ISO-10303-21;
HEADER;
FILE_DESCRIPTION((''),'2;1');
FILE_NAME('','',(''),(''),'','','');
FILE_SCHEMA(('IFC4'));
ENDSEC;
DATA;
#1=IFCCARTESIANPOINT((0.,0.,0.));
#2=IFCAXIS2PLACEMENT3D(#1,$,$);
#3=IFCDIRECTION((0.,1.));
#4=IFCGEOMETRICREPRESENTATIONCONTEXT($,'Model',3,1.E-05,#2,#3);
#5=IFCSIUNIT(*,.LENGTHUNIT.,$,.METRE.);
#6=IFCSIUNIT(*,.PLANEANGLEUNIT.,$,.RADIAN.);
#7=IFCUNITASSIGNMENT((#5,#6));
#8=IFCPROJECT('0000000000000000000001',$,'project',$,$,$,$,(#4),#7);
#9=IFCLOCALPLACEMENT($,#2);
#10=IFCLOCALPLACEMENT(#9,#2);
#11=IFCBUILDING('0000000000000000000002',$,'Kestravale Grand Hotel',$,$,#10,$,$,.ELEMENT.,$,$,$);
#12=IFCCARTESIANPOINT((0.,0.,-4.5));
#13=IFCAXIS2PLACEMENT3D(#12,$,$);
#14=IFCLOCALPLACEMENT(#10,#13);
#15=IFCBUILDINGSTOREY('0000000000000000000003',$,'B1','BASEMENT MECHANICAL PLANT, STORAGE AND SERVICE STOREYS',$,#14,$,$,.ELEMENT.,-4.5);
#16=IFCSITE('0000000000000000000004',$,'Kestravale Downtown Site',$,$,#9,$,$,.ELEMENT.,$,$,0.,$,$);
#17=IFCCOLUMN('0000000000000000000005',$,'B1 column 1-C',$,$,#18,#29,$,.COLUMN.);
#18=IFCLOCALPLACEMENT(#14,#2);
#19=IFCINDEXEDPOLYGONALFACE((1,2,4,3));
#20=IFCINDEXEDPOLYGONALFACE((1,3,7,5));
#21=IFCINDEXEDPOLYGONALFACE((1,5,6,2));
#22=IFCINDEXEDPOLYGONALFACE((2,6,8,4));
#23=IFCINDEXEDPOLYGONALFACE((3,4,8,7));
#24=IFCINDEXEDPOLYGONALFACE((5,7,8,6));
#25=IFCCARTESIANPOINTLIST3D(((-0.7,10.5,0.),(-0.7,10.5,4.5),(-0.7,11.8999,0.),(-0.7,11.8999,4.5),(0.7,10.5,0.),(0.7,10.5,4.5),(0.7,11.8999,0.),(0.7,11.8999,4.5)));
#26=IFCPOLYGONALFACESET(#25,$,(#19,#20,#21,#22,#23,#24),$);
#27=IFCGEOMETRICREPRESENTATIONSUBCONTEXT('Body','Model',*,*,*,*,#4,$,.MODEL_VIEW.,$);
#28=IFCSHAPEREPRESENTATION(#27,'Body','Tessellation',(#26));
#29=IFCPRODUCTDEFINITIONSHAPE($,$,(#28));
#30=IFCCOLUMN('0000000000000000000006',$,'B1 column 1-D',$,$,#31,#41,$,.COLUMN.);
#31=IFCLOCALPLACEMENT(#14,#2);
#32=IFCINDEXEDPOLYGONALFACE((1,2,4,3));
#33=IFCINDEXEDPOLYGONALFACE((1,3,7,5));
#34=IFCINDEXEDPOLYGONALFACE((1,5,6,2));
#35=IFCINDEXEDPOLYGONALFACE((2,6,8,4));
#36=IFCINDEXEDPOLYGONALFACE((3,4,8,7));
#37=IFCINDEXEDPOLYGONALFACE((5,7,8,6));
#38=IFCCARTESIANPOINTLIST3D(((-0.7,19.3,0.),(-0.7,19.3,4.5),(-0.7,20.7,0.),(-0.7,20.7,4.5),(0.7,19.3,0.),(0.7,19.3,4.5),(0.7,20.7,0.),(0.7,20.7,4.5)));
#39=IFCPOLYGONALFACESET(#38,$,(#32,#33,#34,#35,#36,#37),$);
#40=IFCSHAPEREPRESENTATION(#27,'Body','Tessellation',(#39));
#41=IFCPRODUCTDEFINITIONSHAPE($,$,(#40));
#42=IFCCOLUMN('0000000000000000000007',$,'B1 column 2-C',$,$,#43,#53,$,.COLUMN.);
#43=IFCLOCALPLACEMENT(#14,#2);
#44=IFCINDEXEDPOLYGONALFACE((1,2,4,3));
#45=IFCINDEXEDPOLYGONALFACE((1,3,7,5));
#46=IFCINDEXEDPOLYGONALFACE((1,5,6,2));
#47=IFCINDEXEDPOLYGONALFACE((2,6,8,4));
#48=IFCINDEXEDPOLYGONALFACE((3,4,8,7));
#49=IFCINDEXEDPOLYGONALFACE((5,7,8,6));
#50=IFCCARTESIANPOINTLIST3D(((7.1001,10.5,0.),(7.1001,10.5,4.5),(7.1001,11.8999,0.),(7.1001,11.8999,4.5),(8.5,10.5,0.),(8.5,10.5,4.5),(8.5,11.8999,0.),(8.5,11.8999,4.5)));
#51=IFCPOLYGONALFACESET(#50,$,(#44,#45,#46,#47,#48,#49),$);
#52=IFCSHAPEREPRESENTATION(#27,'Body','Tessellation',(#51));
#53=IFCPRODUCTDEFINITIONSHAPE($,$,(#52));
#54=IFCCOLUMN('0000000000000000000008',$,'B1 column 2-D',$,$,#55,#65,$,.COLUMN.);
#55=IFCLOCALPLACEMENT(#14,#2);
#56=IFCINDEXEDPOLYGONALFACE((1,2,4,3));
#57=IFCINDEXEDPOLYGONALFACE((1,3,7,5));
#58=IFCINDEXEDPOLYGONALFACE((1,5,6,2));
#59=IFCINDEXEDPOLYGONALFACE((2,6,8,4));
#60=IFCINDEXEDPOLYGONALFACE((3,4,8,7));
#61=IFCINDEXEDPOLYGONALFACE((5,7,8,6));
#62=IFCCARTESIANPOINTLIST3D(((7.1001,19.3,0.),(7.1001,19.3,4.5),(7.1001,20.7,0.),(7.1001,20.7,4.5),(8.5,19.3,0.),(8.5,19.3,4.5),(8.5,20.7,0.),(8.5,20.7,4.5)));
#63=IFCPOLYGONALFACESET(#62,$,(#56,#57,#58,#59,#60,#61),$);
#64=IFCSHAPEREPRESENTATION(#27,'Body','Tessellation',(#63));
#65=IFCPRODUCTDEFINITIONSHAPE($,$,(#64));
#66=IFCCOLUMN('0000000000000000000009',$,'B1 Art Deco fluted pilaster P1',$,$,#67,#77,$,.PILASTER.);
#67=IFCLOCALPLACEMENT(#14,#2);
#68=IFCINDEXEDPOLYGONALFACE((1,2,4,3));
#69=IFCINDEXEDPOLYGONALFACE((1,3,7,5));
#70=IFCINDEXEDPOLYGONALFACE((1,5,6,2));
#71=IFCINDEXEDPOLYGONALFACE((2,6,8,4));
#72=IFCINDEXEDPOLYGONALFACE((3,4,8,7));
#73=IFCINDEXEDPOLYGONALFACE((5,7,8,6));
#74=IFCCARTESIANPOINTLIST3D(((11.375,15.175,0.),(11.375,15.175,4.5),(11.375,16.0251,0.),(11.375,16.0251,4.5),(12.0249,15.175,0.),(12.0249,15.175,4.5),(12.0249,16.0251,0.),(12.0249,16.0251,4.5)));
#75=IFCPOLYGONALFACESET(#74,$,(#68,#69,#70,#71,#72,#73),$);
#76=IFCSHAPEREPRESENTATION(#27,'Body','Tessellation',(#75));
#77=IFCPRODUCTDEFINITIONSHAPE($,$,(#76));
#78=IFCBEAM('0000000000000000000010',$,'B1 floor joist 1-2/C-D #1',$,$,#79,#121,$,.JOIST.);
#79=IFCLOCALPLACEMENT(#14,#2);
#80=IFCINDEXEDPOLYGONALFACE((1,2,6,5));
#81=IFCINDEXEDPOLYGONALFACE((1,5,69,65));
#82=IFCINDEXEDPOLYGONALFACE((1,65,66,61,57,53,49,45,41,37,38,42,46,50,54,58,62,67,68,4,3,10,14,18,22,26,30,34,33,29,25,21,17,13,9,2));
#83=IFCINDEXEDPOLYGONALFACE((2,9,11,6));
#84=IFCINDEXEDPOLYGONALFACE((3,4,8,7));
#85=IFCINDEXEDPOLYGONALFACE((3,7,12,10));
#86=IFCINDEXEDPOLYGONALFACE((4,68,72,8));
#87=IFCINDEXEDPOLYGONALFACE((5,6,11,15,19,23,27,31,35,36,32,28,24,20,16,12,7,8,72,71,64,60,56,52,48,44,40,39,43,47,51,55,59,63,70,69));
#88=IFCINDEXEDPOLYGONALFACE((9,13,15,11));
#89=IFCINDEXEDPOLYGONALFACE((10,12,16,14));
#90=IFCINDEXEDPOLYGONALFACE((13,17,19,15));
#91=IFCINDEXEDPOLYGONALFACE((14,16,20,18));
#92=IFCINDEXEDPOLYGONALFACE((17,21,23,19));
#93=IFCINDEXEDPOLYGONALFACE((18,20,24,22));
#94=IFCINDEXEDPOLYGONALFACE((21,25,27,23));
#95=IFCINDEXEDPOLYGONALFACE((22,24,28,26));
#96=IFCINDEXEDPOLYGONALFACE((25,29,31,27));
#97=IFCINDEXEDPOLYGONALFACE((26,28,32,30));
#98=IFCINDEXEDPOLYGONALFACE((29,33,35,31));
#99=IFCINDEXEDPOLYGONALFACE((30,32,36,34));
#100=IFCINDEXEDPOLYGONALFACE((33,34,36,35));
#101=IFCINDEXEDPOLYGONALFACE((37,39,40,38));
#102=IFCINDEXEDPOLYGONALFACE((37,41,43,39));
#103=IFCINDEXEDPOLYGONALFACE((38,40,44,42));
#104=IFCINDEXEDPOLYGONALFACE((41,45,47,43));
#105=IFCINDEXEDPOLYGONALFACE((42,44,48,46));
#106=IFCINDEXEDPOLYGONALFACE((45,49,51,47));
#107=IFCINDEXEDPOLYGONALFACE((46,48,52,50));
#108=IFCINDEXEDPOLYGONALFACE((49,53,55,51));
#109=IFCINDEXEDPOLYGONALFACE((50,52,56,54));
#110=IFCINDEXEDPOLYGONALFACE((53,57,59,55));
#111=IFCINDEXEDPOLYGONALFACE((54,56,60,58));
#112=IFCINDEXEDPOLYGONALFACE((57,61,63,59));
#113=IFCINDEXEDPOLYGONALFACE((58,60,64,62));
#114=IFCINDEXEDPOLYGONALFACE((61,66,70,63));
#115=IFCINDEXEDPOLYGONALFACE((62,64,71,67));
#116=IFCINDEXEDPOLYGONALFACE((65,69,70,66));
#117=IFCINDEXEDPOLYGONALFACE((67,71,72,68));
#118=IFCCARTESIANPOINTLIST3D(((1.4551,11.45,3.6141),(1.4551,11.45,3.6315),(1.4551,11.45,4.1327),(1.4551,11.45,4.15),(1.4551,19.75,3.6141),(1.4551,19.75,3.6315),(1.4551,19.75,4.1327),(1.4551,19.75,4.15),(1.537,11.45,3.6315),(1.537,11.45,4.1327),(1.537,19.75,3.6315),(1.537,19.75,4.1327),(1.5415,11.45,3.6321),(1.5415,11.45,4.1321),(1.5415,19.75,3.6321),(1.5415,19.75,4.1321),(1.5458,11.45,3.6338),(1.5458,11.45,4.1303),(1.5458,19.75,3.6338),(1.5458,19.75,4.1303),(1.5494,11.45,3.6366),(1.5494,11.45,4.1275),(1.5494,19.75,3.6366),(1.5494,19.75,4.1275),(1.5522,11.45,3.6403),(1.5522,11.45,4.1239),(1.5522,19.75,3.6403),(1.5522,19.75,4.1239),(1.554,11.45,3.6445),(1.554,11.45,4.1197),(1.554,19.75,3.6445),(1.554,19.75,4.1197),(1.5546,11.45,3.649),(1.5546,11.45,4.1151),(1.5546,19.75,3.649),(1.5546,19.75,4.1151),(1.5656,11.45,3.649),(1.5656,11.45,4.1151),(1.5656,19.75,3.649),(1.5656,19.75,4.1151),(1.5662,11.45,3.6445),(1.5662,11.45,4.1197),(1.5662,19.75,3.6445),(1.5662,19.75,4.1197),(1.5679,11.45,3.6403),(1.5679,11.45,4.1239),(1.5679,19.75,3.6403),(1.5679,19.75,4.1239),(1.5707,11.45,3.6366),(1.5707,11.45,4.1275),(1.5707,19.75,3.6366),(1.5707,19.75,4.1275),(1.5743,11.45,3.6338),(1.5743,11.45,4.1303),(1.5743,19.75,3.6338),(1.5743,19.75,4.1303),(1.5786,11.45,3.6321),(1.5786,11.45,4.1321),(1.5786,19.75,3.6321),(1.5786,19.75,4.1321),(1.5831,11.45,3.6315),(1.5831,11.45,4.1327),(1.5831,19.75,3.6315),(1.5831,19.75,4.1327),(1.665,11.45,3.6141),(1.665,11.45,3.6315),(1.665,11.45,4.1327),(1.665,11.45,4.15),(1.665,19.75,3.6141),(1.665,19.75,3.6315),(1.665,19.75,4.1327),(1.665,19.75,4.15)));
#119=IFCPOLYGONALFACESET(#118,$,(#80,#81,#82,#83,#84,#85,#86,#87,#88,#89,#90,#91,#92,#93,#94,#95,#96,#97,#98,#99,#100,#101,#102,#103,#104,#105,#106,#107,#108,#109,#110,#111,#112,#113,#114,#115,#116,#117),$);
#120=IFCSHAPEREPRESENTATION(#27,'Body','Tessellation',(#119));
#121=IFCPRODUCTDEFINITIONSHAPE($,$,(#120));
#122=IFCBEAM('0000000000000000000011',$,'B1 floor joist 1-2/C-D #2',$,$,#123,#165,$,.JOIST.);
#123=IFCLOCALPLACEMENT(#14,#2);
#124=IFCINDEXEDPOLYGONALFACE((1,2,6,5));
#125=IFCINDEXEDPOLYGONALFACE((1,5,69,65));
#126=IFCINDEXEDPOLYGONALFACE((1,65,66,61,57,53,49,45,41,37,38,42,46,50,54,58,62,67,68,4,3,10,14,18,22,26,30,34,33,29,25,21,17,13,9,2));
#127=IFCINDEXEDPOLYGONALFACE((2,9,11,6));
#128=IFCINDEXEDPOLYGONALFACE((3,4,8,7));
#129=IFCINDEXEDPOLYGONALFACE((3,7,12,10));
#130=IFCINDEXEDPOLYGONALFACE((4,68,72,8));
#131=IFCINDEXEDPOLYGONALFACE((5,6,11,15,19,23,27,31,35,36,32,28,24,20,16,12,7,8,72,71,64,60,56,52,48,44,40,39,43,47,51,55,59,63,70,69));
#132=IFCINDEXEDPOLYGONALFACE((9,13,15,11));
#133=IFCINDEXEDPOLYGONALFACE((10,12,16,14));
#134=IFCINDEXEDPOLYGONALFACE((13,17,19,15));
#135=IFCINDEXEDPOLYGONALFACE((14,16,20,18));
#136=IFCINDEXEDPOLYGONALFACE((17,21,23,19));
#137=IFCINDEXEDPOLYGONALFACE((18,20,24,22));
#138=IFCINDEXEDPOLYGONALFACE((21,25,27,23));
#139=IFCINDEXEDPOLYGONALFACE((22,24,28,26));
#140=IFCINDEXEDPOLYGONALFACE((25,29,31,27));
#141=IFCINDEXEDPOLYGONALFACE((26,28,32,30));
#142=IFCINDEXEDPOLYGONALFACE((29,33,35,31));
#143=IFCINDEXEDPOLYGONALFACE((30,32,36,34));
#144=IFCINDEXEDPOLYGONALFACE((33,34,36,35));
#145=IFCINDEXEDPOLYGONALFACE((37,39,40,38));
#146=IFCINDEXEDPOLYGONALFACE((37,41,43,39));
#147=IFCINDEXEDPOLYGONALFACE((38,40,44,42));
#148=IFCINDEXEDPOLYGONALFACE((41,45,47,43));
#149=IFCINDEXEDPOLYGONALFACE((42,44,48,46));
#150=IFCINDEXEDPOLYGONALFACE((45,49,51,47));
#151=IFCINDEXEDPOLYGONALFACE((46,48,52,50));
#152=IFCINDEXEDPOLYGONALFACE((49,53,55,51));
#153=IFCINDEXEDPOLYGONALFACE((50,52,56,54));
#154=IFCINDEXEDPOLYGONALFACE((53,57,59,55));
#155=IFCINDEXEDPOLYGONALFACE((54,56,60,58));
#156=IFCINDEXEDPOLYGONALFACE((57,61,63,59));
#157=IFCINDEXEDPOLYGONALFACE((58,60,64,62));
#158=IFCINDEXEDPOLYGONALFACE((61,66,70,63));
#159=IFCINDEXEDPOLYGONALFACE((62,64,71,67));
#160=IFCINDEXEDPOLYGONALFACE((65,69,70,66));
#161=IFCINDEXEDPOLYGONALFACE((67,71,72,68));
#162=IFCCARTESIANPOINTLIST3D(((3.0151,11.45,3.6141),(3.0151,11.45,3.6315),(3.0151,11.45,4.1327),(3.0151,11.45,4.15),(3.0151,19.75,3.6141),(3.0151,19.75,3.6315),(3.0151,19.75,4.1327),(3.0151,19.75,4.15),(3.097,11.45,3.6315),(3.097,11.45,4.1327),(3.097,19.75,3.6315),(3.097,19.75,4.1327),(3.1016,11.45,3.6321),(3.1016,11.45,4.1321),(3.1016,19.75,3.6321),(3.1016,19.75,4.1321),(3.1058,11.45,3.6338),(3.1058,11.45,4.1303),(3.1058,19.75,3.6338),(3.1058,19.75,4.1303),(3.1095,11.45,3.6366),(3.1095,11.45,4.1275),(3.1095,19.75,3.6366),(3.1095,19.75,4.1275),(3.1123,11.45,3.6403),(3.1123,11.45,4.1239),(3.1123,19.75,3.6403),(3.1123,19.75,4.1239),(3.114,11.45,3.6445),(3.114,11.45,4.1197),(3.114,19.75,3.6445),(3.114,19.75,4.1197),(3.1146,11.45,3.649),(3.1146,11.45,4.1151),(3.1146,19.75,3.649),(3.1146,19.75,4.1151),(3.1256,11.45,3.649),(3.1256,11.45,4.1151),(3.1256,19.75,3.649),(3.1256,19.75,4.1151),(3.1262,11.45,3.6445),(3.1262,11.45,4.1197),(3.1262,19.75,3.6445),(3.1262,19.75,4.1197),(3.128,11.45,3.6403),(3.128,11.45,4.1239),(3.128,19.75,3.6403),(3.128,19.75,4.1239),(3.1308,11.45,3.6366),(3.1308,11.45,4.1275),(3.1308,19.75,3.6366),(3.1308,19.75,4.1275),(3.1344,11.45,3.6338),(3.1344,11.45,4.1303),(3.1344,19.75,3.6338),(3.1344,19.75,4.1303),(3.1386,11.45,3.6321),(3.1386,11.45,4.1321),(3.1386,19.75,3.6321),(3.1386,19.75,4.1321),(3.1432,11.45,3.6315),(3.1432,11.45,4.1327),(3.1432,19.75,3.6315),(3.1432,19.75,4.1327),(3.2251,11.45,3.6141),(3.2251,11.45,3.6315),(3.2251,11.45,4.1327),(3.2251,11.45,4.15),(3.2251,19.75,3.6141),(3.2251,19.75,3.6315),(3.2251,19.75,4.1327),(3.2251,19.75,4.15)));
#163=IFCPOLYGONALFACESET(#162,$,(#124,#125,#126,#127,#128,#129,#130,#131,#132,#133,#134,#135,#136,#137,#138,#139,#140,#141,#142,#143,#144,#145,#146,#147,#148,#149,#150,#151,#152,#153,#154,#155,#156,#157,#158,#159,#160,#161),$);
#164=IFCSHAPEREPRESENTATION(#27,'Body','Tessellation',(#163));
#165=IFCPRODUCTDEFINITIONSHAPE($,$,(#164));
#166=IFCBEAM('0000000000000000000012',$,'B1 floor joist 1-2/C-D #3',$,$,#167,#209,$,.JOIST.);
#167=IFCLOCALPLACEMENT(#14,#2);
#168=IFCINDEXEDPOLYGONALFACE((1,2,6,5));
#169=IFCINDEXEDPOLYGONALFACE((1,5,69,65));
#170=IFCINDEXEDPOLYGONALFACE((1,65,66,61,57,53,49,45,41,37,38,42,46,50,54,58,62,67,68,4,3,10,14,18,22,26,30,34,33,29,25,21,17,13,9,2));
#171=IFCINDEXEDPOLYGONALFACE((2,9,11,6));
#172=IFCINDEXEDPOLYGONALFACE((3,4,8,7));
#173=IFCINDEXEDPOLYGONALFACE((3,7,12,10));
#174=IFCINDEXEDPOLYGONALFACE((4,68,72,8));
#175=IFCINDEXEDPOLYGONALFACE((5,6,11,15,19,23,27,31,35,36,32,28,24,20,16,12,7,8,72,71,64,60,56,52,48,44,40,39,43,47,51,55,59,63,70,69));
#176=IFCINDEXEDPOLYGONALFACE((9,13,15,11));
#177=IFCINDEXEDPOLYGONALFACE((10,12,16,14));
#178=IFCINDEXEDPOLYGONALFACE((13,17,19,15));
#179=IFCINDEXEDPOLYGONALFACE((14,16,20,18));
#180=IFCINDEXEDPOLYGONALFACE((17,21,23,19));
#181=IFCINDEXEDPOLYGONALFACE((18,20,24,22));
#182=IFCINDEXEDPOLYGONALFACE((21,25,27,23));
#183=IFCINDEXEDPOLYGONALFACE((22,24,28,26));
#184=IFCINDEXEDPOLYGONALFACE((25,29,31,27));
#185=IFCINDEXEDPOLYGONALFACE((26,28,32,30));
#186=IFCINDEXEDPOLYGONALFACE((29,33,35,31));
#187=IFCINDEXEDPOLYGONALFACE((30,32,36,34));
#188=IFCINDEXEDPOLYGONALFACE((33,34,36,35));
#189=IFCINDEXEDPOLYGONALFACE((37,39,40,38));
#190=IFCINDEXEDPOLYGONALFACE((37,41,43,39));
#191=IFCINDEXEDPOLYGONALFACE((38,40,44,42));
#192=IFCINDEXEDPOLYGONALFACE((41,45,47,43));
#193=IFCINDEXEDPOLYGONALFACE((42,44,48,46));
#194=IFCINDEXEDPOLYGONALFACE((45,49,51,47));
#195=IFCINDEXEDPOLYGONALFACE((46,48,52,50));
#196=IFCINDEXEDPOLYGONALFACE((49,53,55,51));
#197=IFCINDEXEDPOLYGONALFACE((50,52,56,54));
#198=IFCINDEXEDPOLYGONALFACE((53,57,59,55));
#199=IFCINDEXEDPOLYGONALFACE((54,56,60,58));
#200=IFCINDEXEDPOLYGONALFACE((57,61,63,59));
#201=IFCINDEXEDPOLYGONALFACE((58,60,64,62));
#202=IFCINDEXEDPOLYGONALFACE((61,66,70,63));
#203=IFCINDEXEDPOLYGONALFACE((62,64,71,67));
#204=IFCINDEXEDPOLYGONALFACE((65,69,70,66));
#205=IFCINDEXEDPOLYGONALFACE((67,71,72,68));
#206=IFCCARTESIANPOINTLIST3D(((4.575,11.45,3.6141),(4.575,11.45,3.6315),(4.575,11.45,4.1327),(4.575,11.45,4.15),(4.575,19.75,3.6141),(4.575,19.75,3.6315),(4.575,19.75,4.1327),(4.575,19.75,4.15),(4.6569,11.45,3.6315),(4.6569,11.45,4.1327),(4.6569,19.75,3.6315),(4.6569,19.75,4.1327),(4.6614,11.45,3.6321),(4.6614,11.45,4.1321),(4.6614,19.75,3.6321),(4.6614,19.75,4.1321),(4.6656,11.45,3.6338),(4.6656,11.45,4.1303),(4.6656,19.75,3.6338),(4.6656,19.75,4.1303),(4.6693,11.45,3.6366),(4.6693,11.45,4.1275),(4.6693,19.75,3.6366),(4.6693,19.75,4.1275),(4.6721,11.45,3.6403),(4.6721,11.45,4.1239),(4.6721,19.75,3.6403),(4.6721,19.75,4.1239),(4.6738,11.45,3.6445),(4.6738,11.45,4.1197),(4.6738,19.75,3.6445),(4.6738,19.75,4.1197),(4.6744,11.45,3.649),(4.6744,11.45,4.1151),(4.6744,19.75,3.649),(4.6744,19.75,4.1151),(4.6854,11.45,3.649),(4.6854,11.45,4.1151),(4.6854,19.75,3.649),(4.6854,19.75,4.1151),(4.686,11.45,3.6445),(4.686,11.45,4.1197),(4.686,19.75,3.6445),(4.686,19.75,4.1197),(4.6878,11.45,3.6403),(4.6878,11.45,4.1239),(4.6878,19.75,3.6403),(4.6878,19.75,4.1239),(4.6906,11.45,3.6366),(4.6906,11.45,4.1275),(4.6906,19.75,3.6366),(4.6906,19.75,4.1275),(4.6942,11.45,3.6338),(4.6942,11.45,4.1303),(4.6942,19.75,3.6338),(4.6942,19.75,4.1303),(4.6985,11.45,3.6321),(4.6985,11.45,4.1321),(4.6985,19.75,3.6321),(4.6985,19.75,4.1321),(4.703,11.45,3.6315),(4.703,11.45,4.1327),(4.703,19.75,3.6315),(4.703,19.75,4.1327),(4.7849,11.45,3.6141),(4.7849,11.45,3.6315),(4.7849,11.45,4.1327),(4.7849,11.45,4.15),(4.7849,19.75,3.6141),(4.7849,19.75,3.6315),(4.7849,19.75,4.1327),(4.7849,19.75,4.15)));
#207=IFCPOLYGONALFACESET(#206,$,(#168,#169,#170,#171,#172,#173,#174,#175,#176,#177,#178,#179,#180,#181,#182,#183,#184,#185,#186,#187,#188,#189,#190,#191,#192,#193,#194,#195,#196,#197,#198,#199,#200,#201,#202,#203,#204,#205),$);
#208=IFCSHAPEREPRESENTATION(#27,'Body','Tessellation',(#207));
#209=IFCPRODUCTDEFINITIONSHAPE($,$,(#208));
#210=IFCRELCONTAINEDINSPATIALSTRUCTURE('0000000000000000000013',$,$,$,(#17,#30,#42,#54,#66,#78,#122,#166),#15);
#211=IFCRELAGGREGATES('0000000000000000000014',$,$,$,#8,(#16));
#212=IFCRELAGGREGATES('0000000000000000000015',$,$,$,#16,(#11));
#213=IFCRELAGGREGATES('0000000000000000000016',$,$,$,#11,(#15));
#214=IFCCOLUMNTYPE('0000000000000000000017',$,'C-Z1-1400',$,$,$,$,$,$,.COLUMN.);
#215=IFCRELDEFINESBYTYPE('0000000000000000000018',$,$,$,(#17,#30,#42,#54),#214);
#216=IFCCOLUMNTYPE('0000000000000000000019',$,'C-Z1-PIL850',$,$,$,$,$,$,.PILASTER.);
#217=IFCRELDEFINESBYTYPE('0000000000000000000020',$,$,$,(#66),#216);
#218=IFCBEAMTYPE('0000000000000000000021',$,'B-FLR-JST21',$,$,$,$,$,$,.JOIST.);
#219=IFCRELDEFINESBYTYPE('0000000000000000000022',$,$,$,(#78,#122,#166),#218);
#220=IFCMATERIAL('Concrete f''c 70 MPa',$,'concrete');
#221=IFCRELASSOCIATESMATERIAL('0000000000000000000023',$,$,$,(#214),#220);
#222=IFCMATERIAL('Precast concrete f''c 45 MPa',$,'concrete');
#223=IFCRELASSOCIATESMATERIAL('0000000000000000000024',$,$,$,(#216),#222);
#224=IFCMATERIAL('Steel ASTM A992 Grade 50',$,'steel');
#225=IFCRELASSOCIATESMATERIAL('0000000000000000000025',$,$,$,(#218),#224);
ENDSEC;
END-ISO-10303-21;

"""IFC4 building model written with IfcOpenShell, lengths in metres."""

from ifc_helpers import new_model, si_unit, direction, frame, origin, origin_2d, place, context, subcontext, project, spatial, rectangle, i_section, extrude, material, material_profile, profile_set, type_object, element, save


model = new_model("IFC4")

# Units and contexts
model_context = context("Model", 3, precision=1e-05, world=origin(), true_north=direction((0.0, 1.0)))
body_context = subcontext(model_context, "Body", "Model", "MODEL_VIEW")
ifc_project = project(units=[si_unit("LENGTHUNIT", "METRE"), si_unit("PLANEANGLEUNIT", "RADIAN")], contexts=[model_context])

# Site, building, storey
site_placement = place(None, origin())
site = spatial("IfcSite", under=ifc_project, at=site_placement, Name="Kestravale Downtown Site", CompositionType="ELEMENT", RefElevation=0.0)
building_placement = place(site_placement, origin())
building = spatial("IfcBuilding", under=site, at=building_placement, Name="Kestravale Grand Hotel", CompositionType="ELEMENT")
storey_placement = place(building_placement, frame((0.0, 0.0, -4.5)))
storey = spatial("IfcBuildingStorey", under=building, at=storey_placement, Name="B1", Description="BASEMENT MECHANICAL PLANT, STORAGE AND SERVICE STOREYS", CompositionType="ELEMENT", Elevation=-4.5)

# Columns
ifc_material_1 = material(Name="Concrete f'c 70 MPa", Category="concrete")
ifc_material_profile_1 = material_profile(ifc_material_1, rectangle(XDim=1.3999, YDim=1.3999, at=origin_2d()))
ifc_profile_set_1 = profile_set([ifc_material_profile_1], Name="Concrete f'c 70 MPa")
column_type_1 = type_object("IfcColumnType", Name="C-Z1-1400", PredefinedType="COLUMN", material=ifc_profile_set_1)
for number, where, z_axis, x_axis, name in (
    (1, (0.0, 11.2, 0.0), (0.0, 0.0, 1.0), (1.0, 0.0, 0.0), "B1 column 1-C"),
    (2, (0.0, 20.0, 0.0), (0.0, 0.0, 1.0), (1.0, 0.0, 0.0), "B1 column 1-D"),
    (3, (7.8, 11.2, 0.0), (0.0, 0.0, 1.0), (1.0, 0.0, 0.0), "B1 column 2-C"),
    (4, (7.8, 20.0, 0.0), (0.0, 0.0, 1.0), (1.0, 0.0, 0.0), "B1 column 2-D"),
):
    element("IfcColumn", number, at=place(storey_placement, frame(where, z_axis=z_axis, x_axis=x_axis)), inside=storey, type_object=column_type_1, Name=name, PredefinedType="COLUMN", context=body_context, shape_type="SweptSolid", body=[
        extrude(rectangle(XDim=1.3999, YDim=1.3999, at=origin_2d()), origin(), (0.0, 0.0, 1.0), 4.5),
    ])
ifc_material_2 = material(Name="Precast concrete f'c 45 MPa", Category="concrete")
ifc_material_profile_2 = material_profile(ifc_material_2, rectangle(XDim=0.6499, YDim=0.8501, at=origin_2d()))
ifc_profile_set_2 = profile_set([ifc_material_profile_2], Name="Precast concrete f'c 45 MPa")
column_type_2 = type_object("IfcColumnType", Name="C-Z1-PIL850", PredefinedType="PILASTER", material=ifc_profile_set_2)
column_placement = place(storey_placement, frame((11.7, 15.6001, 0.0), z_axis=(0.0, 0.0, 1.0), x_axis=(1.0, 0.0, 0.0)))
element("IfcColumn", 5, at=column_placement, inside=storey, type_object=column_type_2, Name="B1 Art Deco fluted pilaster P1", PredefinedType="PILASTER", context=body_context, shape_type="SweptSolid", body=[
    extrude(rectangle(XDim=0.6499, YDim=0.8501, at=origin_2d()), origin(), (0.0, 0.0, 1.0), 4.5),
])

# Beams
ifc_material_3 = material(Name="Steel ASTM A992 Grade 50", Category="steel")
ifc_material_profile_3 = material_profile(ifc_material_3, i_section(OverallWidth=0.21, OverallDepth=0.5359, WebThickness=0.011, FlangeThickness=0.0173, FilletRadius=0.0176, at=origin_2d()))
ifc_profile_set_3 = profile_set([ifc_material_profile_3], Name="Steel ASTM A992 Grade 50")
beam_type_1 = type_object("IfcBeamType", Name="B-FLR-JST21", PredefinedType="JOIST", material=ifc_profile_set_3)
for number, where, z_axis, x_axis, name in (
    (6, (1.5601, 11.45, 3.8821), (0.0, 1.0, 0.0), (-1.0, 0.0, 0.0), "B1 floor joist 1-2/C-D #1"),
    (7, (3.1201, 11.45, 3.8821), (0.0, 1.0, 0.0), (-1.0, 0.0, 0.0), "B1 floor joist 1-2/C-D #2"),
    (8, (4.6799, 11.45, 3.8821), (0.0, 1.0, 0.0), (-1.0, 0.0, 0.0), "B1 floor joist 1-2/C-D #3"),
):
    element("IfcBeam", number, at=place(storey_placement, frame(where, z_axis=z_axis, x_axis=x_axis)), inside=storey, type_object=beam_type_1, Name=name, PredefinedType="JOIST", context=body_context, shape_type="SweptSolid", body=[
        extrude(i_section(OverallWidth=0.21, OverallDepth=0.5359, WebThickness=0.011, FlangeThickness=0.0173, FilletRadius=0.0176, at=origin_2d()), origin(), (0.0, 0.0, 1.0), 8.3),
    ])

save(model, "model.ifc")
